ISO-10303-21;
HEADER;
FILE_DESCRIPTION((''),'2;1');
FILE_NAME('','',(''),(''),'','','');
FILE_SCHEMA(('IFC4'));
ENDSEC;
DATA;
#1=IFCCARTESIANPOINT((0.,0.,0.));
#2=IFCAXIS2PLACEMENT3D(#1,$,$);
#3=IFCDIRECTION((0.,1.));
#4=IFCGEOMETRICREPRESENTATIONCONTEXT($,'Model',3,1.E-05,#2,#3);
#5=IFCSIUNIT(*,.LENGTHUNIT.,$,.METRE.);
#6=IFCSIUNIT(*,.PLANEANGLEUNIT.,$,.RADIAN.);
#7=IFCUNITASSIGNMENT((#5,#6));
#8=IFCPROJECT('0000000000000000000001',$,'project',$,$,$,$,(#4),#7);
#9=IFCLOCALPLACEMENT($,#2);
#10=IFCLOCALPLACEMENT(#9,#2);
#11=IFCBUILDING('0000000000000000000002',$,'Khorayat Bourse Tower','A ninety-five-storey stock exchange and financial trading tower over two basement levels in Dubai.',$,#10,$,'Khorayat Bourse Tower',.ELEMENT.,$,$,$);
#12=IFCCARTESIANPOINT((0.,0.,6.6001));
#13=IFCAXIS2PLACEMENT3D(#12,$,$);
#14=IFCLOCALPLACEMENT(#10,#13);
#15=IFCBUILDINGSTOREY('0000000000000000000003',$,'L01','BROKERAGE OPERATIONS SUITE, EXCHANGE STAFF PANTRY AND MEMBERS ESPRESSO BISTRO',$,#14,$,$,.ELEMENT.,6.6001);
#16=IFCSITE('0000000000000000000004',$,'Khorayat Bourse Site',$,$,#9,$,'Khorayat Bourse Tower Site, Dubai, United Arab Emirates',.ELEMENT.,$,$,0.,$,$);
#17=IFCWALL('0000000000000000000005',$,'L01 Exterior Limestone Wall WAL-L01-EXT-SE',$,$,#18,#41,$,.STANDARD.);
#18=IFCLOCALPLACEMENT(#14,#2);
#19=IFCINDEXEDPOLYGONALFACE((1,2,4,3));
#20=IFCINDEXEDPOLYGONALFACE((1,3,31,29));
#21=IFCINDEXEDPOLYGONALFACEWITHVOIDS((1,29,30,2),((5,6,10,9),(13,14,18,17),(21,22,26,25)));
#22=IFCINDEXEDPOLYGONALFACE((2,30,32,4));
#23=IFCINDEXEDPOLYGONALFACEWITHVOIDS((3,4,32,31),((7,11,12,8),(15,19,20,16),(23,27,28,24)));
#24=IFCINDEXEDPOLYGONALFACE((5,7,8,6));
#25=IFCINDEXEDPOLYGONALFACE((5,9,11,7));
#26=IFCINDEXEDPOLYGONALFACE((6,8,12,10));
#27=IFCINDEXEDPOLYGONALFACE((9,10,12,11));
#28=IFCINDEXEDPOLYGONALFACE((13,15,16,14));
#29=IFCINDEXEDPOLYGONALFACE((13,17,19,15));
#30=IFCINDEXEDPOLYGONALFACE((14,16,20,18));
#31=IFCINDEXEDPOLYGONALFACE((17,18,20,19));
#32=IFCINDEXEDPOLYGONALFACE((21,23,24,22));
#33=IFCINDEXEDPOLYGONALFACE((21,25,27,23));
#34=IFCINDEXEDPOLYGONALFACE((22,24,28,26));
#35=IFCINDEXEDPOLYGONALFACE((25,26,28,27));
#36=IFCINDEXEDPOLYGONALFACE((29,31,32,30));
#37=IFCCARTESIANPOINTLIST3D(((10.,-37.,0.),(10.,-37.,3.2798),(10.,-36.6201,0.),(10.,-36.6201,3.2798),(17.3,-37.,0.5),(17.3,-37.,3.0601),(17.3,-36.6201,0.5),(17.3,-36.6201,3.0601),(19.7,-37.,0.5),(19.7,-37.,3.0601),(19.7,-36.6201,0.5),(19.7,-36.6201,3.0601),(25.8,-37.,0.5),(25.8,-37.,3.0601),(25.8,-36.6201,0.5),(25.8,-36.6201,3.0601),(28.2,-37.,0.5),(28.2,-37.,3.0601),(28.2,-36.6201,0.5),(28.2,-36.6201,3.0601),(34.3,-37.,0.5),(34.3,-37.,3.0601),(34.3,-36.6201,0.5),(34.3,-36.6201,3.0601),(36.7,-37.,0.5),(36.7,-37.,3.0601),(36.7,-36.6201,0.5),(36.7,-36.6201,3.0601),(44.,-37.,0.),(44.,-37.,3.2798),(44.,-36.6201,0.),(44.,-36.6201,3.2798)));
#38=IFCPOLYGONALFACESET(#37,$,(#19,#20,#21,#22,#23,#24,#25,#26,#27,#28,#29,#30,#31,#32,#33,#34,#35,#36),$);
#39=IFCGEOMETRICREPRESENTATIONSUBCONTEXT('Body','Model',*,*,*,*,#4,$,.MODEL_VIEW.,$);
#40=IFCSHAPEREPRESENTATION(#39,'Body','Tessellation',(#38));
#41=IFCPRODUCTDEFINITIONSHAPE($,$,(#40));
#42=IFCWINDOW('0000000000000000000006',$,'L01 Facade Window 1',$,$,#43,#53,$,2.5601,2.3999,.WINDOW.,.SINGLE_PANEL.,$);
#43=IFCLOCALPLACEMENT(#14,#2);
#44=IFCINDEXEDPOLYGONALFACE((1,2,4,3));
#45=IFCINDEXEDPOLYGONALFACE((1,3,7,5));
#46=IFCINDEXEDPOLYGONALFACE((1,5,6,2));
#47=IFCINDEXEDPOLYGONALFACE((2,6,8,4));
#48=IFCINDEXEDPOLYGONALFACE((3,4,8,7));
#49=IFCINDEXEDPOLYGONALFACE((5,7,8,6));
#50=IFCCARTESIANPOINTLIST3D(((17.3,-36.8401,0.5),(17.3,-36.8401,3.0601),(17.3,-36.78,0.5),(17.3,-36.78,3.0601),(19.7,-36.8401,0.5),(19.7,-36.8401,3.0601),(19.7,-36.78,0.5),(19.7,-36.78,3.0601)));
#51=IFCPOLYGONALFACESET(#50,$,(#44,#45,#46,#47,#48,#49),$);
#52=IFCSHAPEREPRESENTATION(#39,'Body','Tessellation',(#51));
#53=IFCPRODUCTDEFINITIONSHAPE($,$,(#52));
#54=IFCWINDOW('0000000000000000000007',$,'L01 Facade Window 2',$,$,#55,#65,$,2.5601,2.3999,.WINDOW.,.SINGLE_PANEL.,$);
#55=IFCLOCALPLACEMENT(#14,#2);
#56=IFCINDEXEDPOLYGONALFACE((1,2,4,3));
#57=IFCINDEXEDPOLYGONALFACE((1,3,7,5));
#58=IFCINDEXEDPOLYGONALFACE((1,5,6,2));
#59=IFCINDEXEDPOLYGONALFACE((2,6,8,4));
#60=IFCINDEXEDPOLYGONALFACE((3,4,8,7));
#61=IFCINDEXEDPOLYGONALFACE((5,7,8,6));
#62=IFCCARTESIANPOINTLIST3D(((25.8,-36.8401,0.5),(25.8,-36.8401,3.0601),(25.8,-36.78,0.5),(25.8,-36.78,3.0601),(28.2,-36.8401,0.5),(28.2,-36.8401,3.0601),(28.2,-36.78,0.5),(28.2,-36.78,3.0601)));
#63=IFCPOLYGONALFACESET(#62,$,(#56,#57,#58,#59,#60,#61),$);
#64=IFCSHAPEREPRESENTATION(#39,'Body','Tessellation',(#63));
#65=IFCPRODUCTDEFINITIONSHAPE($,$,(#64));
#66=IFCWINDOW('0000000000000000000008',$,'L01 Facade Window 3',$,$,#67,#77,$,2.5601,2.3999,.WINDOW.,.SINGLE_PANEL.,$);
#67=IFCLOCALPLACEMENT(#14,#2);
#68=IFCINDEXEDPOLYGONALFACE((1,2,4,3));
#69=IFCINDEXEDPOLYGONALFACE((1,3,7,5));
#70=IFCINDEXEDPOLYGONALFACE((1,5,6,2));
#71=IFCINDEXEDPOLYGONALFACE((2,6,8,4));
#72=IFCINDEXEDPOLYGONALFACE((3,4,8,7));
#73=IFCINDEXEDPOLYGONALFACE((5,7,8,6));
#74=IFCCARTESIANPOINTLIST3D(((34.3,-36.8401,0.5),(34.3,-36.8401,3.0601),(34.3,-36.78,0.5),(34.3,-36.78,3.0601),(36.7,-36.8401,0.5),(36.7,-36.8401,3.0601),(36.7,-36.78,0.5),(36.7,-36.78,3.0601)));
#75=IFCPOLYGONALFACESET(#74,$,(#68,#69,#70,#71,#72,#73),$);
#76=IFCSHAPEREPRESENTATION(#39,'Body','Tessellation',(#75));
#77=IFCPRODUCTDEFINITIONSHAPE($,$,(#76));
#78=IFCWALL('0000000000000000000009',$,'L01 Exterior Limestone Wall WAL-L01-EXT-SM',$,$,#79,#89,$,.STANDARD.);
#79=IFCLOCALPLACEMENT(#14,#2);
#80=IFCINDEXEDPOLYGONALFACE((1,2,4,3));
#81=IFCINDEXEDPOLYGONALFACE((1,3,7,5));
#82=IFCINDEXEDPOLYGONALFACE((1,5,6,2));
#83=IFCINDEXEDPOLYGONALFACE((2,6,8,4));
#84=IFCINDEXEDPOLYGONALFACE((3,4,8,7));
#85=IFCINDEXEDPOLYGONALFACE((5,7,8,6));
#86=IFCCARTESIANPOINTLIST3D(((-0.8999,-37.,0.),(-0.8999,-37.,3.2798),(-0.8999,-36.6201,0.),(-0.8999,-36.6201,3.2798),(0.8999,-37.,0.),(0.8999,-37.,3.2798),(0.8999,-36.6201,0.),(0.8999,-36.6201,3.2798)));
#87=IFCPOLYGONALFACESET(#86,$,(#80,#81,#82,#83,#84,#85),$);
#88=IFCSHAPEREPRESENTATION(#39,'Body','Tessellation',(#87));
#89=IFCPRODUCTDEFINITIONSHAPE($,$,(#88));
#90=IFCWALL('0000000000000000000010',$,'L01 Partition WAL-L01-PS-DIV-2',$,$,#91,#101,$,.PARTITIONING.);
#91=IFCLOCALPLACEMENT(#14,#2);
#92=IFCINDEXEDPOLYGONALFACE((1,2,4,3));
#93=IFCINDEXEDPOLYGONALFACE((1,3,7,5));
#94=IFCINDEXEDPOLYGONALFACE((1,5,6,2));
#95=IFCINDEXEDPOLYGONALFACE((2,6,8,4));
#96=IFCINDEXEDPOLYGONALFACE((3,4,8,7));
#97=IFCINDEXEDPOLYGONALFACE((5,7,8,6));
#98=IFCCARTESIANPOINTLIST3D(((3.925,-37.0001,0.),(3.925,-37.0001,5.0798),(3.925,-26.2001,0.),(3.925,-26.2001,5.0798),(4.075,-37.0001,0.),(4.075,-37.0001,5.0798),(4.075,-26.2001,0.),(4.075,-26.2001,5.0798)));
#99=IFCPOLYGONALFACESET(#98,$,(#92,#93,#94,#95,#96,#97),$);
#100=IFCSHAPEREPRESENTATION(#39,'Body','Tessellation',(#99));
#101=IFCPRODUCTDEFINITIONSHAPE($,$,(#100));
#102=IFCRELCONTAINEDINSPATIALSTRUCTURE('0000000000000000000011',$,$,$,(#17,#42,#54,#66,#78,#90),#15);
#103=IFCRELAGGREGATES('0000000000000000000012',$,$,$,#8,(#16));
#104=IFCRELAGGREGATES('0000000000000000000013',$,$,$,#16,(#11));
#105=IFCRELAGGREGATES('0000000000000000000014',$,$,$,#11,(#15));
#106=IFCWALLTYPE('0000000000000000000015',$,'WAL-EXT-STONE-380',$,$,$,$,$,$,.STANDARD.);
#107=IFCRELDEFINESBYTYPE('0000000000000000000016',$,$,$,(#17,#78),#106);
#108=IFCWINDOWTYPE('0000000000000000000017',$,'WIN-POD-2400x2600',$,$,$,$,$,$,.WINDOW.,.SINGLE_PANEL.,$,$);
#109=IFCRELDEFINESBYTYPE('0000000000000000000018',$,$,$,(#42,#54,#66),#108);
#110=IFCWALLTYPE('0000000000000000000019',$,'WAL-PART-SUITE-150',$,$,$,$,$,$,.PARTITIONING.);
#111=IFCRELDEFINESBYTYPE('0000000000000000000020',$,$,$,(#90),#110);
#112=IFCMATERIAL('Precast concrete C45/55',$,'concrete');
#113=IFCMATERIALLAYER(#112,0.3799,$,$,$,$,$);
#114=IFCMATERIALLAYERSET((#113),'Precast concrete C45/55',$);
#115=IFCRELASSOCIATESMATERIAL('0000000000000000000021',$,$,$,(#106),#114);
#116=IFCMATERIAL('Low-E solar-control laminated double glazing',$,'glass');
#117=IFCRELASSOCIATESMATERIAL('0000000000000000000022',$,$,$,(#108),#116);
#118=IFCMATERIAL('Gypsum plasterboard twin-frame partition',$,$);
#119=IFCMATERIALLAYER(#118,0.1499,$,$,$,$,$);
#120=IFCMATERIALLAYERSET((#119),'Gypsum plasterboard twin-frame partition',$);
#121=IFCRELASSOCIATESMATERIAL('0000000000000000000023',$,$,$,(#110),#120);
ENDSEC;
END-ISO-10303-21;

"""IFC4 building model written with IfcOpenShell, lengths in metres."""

from ifc_helpers import new_model, si_unit, direction, frame, frame_2d, origin, place, context, subcontext, project, spatial, rectangle, extrude, source, transform, mapped, material, layer, layer_set, type_object, element, fill, save


model = new_model("IFC4")

# Units and contexts
model_context = context("Model", 3, precision=1e-05, world=origin(), true_north=direction((0.0, 1.0)))
body_context = subcontext(model_context, "Body", "Model", "MODEL_VIEW")
ifc_project = project(units=[si_unit("LENGTHUNIT", "METRE"), si_unit("PLANEANGLEUNIT", "RADIAN")], contexts=[model_context])

# Site, building, storey
site_placement = place(None, origin())
site = spatial("IfcSite", under=ifc_project, at=site_placement, Name="Khorayat Bourse Site", LongName="Khorayat Bourse Tower Site, Dubai, United Arab Emirates", CompositionType="ELEMENT", RefElevation=0.0)
building_placement = place(site_placement, origin())
building = spatial("IfcBuilding", under=site, at=building_placement, Name="Khorayat Bourse Tower", Description="A ninety-five-storey stock exchange and financial trading tower over two basement levels in Dubai.", LongName="Khorayat Bourse Tower", CompositionType="ELEMENT")
storey_placement = place(building_placement, frame((0.0, 0.0, 6.6001)))
storey = spatial("IfcBuildingStorey", under=building, at=storey_placement, Name="L01", Description="BROKERAGE OPERATIONS SUITE, EXCHANGE STAFF PANTRY AND MEMBERS ESPRESSO BISTRO", CompositionType="ELEMENT", Elevation=6.6001)

# Shared definitions
ifc_material_1 = material(Name="Low-E solar-control laminated double glazing", Category="glass")

# Wall, openings, windows
ifc_material_2 = material(Name="Precast concrete C45/55", Category="concrete")
ifc_layer_1 = layer(ifc_material_2, 0.3799)
ifc_layer_set_1 = layer_set([ifc_layer_1], Name="Precast concrete C45/55")
wall_type_1 = type_object("IfcWallType", Name="WAL-EXT-STONE-380", PredefinedType="STANDARD", material=ifc_layer_set_1)
shared_shape_1 = source(origin(), body_context, "Body", "SweptSolid", [
    extrude(rectangle(XDim=34.0, YDim=0.3799, at=frame_2d((17.0, 0.0))), origin(), (0.0, 0.0, 1.0), 3.2798),
])
wall_1_placement = place(storey_placement, frame((10.0, -36.8101, 0.0), z_axis=(0.0, 0.0, 1.0), x_axis=(1.0, 0.0, 0.0)))
wall_1 = element("IfcWall", 1, at=wall_1_placement, inside=storey, type_object=wall_type_1, Name="L01 Exterior Limestone Wall WAL-L01-EXT-SE", PredefinedType="STANDARD", context=body_context, shape_type="MappedRepresentation", body=[
    mapped(shared_shape_1, transform((0.0, 0.0, 0.0), scale=1.0)),
])
shared_shape_2 = source(origin(), body_context, "Body", "SweptSolid", [
    extrude(rectangle(XDim=2.3999, YDim=2.5601, at=frame_2d((1.2, 1.28))), frame((0.0, 0.2, 0.0), z_axis=(0.0, -1.0, 0.0), x_axis=(1.0, 0.0, 0.0)), (0.0, 0.0, 1.0), 0.3999),
])
opening_1_placement = place(wall_1_placement, frame((7.3, 0.0, 0.5)))
opening_1 = element("IfcOpeningElement", 2, at=opening_1_placement, cuts=wall_1, PredefinedType="OPENING", context=body_context, shape_type="MappedRepresentation", body=[
    mapped(shared_shape_2, transform((0.0, 0.0, 0.0), scale=1.0)),
])
opening_2_placement = place(wall_1_placement, frame((15.8, 0.0, 0.5)))
opening_2 = element("IfcOpeningElement", 3, at=opening_2_placement, cuts=wall_1, PredefinedType="OPENING", context=body_context, shape_type="MappedRepresentation", body=[
    mapped(shared_shape_2, transform((0.0, 0.0, 0.0), scale=1.0)),
])
opening_3_placement = place(wall_1_placement, frame((24.3, 0.0, 0.5)))
opening_3 = element("IfcOpeningElement", 4, at=opening_3_placement, cuts=wall_1, PredefinedType="OPENING", context=body_context, shape_type="MappedRepresentation", body=[
    mapped(shared_shape_2, transform((0.0, 0.0, 0.0), scale=1.0)),
])
window_type = type_object("IfcWindowType", Name="WIN-POD-2400x2600", PartitioningType="SINGLE_PANEL", PredefinedType="WINDOW", material=ifc_material_1)
shared_shape_3 = source(origin(), body_context, "Body", "SweptSolid", [
    extrude(rectangle(XDim=2.3999, YDim=2.5601, at=frame_2d((1.2, 1.28))), frame((0.0, 0.03, 0.0), z_axis=(0.0, -1.0, 0.0), x_axis=(1.0, 0.0, 0.0)), (0.0, 0.0, 1.0), 0.0601),
])
window_1_placement = place(opening_1_placement, origin())
window_1 = element("IfcWindow", 5, at=window_1_placement, inside=storey, type_object=window_type, Name="L01 Facade Window 1", OverallHeight=2.5601, OverallWidth=2.3999, PartitioningType="SINGLE_PANEL", PredefinedType="WINDOW", context=body_context, shape_type="MappedRepresentation", body=[
    mapped(shared_shape_3, transform((0.0, 0.0, 0.0), scale=1.0)),
])
fill(opening_1, window_1)
window_2_placement = place(opening_2_placement, origin())
window_2 = element("IfcWindow", 6, at=window_2_placement, inside=storey, type_object=window_type, Name="L01 Facade Window 2", OverallHeight=2.5601, OverallWidth=2.3999, PartitioningType="SINGLE_PANEL", PredefinedType="WINDOW", context=body_context, shape_type="MappedRepresentation", body=[
    mapped(shared_shape_3, transform((0.0, 0.0, 0.0), scale=1.0)),
])
fill(opening_2, window_2)
window_3_placement = place(opening_3_placement, origin())
window_3 = element("IfcWindow", 7, at=window_3_placement, inside=storey, type_object=window_type, Name="L01 Facade Window 3", OverallHeight=2.5601, OverallWidth=2.3999, PartitioningType="SINGLE_PANEL", PredefinedType="WINDOW", context=body_context, shape_type="MappedRepresentation", body=[
    mapped(shared_shape_3, transform((0.0, 0.0, 0.0), scale=1.0)),
])
fill(opening_3, window_3)

# Walls
shared_shape_4 = source(origin(), body_context, "Body", "SweptSolid", [
    extrude(rectangle(XDim=1.7998, YDim=0.3799, at=frame_2d((0.8999, 0.0))), origin(), (0.0, 0.0, 1.0), 3.2798),
])
wall_2_placement = place(storey_placement, frame((-0.8999, -36.8101, 0.0), z_axis=(0.0, 0.0, 1.0), x_axis=(1.0, 0.0, 0.0)))
element("IfcWall", 8, at=wall_2_placement, inside=storey, type_object=wall_type_1, Name="L01 Exterior Limestone Wall WAL-L01-EXT-SM", PredefinedType="STANDARD", context=body_context, shape_type="MappedRepresentation", body=[
    mapped(shared_shape_4, transform((0.0, 0.0, 0.0), scale=1.0)),
])
ifc_material_3 = material(Name="Gypsum plasterboard twin-frame partition")
ifc_layer_2 = layer(ifc_material_3, 0.1499)
ifc_layer_set_2 = layer_set([ifc_layer_2], Name="Gypsum plasterboard twin-frame partition")
wall_type_2 = type_object("IfcWallType", Name="WAL-PART-SUITE-150", PredefinedType="PARTITIONING", material=ifc_layer_set_2)
shared_shape_5 = source(origin(), body_context, "Body", "SweptSolid", [
    extrude(rectangle(XDim=10.8, YDim=0.1499, at=frame_2d((5.3999, 0.0))), origin(), (0.0, 0.0, 1.0), 5.0798),
])
wall_3_placement = place(storey_placement, frame((4.0, -37.0, 0.0), z_axis=(0.0, 0.0, 1.0), x_axis=(0.0, 1.0, 0.0)))
element("IfcWall", 9, at=wall_3_placement, inside=storey, type_object=wall_type_2, Name="L01 Partition WAL-L01-PS-DIV-2", PredefinedType="PARTITIONING", context=body_context, shape_type="MappedRepresentation", body=[
    mapped(shared_shape_5, transform((0.0, 0.0, 0.0), scale=1.0)),
])

save(model, "model.ifc")
